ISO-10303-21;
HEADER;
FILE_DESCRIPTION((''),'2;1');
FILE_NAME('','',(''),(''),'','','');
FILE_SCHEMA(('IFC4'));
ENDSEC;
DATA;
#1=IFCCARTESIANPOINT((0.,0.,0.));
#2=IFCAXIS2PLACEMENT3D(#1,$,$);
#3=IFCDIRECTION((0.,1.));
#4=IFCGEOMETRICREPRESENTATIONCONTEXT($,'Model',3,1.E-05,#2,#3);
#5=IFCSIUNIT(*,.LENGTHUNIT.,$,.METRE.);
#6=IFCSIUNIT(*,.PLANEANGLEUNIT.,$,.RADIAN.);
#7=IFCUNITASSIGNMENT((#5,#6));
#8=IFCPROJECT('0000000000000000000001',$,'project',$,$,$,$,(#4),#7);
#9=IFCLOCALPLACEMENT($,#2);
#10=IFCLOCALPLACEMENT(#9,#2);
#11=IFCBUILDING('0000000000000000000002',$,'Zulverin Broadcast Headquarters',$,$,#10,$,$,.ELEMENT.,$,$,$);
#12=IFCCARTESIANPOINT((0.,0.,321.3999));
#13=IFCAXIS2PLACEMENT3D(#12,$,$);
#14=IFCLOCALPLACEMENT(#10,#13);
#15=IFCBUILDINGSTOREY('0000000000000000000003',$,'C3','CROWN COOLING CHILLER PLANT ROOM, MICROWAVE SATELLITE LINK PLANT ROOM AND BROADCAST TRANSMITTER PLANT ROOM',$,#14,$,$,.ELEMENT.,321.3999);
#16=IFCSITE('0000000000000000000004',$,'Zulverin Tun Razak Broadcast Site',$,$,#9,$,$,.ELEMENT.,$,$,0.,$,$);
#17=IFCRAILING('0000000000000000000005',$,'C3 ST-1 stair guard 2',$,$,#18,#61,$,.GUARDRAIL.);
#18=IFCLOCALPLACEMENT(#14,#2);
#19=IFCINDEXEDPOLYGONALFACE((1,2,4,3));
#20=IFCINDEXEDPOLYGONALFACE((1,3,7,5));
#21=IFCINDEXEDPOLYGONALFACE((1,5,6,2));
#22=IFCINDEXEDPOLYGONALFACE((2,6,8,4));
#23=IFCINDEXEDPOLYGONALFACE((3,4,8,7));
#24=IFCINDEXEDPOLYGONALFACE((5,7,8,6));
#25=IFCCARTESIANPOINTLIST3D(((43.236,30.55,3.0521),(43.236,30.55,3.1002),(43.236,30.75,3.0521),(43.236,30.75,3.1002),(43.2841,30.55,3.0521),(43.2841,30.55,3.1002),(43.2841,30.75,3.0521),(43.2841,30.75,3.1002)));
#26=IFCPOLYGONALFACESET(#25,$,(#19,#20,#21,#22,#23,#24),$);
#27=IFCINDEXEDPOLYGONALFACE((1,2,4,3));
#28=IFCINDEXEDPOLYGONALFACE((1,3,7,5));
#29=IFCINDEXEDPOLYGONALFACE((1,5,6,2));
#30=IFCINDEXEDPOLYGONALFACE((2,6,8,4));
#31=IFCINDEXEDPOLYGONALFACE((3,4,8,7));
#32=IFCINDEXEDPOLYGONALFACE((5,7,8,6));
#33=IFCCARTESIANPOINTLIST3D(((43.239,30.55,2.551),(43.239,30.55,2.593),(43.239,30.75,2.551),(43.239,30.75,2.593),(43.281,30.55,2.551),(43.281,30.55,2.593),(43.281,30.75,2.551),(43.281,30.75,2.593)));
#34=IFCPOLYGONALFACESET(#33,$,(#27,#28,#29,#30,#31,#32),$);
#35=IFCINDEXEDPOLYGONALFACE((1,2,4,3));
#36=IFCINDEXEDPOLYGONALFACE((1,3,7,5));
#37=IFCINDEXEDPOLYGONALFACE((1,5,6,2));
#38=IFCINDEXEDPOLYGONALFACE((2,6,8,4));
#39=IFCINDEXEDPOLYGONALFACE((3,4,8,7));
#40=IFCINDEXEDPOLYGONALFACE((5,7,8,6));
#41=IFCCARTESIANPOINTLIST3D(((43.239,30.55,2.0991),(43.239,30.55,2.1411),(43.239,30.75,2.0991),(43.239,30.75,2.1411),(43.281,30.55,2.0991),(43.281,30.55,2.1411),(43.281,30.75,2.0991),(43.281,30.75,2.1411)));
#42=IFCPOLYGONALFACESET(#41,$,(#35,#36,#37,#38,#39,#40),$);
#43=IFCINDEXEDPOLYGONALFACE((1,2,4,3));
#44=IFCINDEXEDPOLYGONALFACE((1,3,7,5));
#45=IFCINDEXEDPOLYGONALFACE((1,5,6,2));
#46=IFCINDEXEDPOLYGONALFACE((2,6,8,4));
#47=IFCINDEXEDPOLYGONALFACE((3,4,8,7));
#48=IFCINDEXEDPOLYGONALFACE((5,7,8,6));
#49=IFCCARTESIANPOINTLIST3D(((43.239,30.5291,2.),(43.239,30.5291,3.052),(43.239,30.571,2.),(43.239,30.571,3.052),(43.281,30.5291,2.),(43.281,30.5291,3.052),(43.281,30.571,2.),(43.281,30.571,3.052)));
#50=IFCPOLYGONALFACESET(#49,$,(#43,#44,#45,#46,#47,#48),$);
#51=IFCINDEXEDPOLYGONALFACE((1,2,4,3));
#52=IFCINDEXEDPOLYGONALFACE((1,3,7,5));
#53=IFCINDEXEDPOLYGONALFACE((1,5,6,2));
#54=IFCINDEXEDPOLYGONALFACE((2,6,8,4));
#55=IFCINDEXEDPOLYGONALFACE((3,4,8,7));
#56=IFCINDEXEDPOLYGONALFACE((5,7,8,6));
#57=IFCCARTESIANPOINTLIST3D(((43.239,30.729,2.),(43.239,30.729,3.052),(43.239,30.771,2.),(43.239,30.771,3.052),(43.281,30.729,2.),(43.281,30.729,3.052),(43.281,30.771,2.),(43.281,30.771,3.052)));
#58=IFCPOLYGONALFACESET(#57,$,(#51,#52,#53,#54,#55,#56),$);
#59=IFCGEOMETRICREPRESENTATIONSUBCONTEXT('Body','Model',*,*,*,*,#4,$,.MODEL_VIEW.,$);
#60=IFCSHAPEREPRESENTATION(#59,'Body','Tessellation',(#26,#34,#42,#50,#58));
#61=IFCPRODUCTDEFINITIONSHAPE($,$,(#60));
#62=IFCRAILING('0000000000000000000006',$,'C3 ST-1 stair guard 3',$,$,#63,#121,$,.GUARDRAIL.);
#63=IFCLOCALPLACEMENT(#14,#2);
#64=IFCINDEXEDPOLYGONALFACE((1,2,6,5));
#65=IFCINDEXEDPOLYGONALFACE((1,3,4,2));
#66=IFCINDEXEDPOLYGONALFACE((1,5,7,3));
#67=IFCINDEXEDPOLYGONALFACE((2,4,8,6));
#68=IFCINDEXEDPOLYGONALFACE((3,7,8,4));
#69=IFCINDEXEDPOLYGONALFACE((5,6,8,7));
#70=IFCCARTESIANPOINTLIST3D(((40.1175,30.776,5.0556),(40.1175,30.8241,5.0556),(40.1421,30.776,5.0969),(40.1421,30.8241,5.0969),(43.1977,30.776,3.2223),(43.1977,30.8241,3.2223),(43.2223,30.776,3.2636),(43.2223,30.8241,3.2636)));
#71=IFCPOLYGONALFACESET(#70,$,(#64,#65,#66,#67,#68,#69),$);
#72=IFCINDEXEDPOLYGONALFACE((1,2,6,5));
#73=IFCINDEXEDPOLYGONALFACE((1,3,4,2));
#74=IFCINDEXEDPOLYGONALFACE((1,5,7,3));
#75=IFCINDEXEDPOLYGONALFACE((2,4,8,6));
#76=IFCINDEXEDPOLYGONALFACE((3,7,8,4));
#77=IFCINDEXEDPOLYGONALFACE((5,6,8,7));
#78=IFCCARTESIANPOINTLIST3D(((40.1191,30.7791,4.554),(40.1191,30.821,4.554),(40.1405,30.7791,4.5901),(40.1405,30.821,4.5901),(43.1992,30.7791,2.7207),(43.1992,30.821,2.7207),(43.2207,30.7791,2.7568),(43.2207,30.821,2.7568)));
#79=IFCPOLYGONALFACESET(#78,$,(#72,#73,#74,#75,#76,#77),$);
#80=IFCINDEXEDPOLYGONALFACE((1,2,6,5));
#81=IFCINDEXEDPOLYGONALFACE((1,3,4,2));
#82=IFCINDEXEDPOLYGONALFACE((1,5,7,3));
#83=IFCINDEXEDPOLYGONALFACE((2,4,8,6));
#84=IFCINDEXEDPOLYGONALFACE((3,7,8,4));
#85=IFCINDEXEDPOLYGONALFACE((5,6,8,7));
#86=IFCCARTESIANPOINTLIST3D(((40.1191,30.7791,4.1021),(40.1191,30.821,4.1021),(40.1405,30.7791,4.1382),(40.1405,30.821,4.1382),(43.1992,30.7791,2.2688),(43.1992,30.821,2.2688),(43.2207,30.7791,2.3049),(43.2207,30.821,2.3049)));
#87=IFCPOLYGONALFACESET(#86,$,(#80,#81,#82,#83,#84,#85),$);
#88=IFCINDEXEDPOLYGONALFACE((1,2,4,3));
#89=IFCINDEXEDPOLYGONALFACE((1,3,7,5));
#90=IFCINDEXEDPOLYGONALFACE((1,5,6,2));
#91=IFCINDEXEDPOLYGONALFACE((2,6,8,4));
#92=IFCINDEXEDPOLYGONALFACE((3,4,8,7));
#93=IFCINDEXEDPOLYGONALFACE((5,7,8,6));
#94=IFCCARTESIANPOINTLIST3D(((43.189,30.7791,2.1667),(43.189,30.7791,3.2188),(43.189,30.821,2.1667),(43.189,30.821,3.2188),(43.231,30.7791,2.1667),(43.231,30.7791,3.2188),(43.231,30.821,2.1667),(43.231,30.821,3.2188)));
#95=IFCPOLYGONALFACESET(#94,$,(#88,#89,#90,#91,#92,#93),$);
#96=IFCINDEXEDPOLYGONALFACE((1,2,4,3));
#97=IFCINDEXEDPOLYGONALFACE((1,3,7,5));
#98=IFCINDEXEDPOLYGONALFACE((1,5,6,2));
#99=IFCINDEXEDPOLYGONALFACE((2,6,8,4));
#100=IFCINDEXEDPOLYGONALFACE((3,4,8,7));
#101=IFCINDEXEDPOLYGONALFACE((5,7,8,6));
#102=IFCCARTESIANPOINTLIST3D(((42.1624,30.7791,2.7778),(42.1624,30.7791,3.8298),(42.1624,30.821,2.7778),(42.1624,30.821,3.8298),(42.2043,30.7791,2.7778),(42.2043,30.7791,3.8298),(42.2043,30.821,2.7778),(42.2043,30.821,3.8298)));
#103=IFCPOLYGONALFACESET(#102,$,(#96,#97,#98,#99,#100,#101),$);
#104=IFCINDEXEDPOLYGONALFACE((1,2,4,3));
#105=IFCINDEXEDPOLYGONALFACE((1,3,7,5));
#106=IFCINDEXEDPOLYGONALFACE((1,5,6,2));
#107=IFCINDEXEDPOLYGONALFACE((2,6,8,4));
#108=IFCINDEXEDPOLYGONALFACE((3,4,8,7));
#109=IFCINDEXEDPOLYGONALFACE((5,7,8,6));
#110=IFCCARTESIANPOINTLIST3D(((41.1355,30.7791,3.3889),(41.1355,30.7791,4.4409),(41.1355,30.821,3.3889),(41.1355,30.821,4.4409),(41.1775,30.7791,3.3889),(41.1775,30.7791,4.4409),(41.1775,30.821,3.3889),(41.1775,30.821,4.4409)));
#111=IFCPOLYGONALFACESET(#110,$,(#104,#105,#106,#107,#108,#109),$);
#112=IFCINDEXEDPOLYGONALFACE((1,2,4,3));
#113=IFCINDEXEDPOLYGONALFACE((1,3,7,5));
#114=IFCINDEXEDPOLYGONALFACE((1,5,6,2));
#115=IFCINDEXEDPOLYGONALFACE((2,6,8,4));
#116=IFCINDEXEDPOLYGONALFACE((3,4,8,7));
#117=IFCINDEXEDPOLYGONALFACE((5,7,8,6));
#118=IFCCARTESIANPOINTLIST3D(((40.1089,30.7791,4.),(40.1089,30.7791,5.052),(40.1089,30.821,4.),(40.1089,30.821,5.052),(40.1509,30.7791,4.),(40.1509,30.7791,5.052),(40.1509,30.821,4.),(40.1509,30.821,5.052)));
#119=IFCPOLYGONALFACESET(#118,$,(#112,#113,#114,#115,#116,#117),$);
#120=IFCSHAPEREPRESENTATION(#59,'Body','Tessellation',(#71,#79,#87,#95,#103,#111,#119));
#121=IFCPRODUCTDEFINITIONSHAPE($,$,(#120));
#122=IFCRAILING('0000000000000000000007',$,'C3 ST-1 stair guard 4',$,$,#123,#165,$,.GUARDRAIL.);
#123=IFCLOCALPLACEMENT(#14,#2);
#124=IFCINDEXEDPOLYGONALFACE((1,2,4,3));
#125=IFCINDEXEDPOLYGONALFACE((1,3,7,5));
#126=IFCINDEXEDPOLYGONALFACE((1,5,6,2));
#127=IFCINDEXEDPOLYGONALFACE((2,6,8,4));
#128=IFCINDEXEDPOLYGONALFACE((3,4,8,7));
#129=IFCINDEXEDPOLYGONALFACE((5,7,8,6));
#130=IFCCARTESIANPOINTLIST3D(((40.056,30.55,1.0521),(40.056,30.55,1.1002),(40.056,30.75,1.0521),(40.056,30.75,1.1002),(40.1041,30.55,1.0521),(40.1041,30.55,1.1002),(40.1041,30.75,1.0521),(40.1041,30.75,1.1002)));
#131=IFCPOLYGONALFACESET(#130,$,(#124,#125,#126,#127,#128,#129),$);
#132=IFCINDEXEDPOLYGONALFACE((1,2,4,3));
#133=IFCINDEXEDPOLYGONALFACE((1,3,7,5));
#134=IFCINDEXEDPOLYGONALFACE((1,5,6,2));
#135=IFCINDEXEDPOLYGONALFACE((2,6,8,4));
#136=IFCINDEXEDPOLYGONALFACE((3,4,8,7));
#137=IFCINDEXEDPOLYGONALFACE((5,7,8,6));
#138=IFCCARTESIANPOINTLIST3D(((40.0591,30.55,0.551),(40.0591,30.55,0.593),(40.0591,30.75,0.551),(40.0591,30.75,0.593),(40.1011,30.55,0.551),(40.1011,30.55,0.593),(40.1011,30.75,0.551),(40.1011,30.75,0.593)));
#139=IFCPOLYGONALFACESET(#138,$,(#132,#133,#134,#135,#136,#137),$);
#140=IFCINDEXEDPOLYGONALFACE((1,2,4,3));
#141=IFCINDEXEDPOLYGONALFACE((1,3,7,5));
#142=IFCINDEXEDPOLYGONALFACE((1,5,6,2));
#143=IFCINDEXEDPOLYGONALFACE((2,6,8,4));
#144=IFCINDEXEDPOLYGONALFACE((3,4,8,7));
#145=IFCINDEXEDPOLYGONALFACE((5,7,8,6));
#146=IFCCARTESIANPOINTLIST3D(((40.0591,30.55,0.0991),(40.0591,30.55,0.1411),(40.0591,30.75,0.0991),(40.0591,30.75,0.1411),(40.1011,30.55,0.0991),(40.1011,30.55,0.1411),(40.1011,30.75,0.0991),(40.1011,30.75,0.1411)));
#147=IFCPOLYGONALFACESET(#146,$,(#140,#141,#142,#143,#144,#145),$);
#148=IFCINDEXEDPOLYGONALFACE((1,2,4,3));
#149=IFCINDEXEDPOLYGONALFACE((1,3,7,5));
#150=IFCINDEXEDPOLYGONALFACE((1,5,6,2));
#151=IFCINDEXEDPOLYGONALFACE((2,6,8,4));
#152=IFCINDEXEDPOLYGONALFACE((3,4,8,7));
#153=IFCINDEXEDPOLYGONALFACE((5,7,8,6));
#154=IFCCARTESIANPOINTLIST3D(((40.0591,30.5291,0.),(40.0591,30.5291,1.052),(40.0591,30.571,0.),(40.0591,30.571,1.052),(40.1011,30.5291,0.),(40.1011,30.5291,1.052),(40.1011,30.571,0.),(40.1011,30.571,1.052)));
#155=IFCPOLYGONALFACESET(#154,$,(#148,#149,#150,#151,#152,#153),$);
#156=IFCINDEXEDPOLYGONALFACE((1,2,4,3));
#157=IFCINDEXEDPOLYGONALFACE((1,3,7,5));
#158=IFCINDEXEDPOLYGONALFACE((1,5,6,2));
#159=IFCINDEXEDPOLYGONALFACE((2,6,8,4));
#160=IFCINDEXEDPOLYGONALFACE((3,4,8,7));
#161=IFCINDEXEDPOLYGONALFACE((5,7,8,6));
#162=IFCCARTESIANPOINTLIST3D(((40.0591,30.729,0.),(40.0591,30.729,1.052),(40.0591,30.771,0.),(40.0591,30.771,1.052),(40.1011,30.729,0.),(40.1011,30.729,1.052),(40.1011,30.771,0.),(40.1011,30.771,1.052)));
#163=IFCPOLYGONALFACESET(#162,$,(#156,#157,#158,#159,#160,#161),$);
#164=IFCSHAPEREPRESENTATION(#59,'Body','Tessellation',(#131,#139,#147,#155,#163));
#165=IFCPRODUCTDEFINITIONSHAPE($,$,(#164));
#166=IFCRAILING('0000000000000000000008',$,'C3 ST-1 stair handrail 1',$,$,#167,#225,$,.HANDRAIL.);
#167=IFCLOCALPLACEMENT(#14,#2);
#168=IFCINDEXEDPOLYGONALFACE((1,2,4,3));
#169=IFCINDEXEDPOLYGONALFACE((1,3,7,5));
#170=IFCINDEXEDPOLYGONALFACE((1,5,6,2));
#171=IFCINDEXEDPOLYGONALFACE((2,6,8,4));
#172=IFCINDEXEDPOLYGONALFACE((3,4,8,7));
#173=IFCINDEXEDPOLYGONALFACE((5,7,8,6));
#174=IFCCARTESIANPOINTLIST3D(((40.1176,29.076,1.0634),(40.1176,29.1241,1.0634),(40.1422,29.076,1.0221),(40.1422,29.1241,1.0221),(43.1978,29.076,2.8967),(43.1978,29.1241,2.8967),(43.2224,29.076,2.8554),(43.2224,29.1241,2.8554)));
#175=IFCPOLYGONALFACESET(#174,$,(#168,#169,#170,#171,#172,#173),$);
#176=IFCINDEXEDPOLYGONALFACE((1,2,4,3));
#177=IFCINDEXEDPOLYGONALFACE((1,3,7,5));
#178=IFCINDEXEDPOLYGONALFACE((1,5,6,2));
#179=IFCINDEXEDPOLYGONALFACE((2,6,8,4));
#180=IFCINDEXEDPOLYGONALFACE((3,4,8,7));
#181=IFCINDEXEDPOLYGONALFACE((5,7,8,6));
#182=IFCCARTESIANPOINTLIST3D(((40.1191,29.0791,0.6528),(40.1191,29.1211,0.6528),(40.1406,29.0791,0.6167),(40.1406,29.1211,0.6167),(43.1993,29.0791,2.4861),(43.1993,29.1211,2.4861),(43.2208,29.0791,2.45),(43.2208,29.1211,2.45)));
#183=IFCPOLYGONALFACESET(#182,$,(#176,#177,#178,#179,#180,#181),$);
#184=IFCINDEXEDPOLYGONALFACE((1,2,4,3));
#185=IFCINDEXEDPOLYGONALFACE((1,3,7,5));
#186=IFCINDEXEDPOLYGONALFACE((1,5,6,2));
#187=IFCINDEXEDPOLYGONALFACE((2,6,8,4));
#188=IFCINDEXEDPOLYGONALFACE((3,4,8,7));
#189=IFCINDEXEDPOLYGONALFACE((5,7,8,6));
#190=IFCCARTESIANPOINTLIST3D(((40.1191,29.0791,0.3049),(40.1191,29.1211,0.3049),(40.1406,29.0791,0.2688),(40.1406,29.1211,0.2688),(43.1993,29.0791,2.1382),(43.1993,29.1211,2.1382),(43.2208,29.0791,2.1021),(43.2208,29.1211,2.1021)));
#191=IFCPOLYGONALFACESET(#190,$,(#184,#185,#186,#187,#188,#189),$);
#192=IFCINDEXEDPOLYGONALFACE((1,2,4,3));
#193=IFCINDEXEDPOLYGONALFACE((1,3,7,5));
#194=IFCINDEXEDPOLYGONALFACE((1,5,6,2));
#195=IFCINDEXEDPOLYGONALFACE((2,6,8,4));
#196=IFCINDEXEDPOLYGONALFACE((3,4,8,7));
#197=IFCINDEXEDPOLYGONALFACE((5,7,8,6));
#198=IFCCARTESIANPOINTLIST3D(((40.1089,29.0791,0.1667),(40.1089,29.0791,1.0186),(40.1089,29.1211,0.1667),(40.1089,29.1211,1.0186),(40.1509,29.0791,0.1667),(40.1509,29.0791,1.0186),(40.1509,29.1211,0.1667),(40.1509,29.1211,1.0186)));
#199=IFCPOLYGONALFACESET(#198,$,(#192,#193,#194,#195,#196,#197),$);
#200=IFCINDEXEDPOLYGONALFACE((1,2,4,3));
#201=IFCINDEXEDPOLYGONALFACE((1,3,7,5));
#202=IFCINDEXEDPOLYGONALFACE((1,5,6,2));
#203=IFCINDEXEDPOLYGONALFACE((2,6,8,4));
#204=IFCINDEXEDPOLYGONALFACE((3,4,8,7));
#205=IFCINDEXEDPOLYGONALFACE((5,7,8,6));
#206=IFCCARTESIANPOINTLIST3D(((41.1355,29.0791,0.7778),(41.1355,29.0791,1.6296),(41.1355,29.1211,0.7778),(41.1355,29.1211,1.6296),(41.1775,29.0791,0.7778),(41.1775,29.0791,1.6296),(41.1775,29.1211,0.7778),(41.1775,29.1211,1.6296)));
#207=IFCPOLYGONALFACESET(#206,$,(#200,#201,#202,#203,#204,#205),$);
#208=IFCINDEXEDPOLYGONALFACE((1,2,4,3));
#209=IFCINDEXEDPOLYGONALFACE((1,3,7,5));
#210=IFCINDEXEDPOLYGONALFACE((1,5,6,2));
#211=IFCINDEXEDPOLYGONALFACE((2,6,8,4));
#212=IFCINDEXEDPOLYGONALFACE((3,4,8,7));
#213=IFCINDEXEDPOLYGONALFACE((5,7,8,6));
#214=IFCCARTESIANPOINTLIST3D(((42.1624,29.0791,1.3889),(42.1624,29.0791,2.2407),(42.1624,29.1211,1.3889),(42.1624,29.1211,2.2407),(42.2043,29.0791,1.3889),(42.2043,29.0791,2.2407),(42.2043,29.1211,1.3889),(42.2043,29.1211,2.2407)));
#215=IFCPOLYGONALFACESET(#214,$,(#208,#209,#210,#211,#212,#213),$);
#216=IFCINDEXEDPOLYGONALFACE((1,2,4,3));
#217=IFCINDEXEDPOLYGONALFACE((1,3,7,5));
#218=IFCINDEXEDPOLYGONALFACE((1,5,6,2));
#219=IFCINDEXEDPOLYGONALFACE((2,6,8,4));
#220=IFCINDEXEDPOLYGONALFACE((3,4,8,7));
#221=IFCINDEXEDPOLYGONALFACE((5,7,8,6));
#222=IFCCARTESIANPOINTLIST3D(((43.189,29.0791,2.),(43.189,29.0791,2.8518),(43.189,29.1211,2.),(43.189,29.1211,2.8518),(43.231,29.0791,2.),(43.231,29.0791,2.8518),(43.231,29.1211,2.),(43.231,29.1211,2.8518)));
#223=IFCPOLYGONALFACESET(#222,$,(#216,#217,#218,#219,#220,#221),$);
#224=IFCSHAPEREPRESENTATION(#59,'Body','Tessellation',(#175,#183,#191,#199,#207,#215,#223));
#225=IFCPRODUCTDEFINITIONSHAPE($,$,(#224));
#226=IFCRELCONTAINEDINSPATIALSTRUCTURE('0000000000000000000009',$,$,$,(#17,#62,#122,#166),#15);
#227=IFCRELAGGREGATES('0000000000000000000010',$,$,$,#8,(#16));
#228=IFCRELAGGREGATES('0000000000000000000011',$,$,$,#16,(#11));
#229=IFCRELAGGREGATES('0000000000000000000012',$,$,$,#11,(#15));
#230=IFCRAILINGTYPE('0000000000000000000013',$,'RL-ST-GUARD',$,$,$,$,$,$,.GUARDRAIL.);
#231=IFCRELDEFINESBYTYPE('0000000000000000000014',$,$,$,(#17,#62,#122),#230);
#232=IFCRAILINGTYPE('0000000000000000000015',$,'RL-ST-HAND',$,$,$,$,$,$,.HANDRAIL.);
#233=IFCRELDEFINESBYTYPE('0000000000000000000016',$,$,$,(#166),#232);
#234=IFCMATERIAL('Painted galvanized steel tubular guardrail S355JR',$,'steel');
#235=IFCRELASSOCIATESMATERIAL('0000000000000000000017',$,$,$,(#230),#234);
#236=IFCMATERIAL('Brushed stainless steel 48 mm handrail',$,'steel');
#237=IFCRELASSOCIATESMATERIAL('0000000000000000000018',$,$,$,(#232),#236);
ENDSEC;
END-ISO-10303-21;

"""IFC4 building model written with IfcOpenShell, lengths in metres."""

from ifc_helpers import new_model, si_unit, direction, frame, origin, origin_2d, place, context, subcontext, project, spatial, rectangle, extrude, material, type_object, element, save


model = new_model("IFC4")

# Units and contexts
model_context = context("Model", 3, precision=1e-05, world=origin(), true_north=direction((0.0, 1.0)))
body_context = subcontext(model_context, "Body", "Model", "MODEL_VIEW")
ifc_project = project(units=[si_unit("LENGTHUNIT", "METRE"), si_unit("PLANEANGLEUNIT", "RADIAN")], contexts=[model_context])

# Site, building, storey
site_placement = place(None, origin())
site = spatial("IfcSite", under=ifc_project, at=site_placement, Name="Zulverin Tun Razak Broadcast Site", CompositionType="ELEMENT", RefElevation=0.0)
building_placement = place(site_placement, origin())
building = spatial("IfcBuilding", under=site, at=building_placement, Name="Zulverin Broadcast Headquarters", CompositionType="ELEMENT")
storey_placement = place(building_placement, frame((0.0, 0.0, 321.3999)))
storey = spatial("IfcBuildingStorey", under=building, at=storey_placement, Name="C3", Description="CROWN COOLING CHILLER PLANT ROOM, MICROWAVE SATELLITE LINK PLANT ROOM AND BROADCAST TRANSMITTER PLANT ROOM", CompositionType="ELEMENT", Elevation=321.3999)

# Railings
ifc_material_1 = material(Name="Painted galvanized steel tubular guardrail S355JR", Category="steel")
railing_type_1 = type_object("IfcRailingType", Name="RL-ST-GUARD", PredefinedType="GUARDRAIL", material=ifc_material_1)
railing_1_placement = place(storey_placement, frame((43.26, 30.55, 2.0)))
element("IfcRailing", 1, at=railing_1_placement, inside=storey, type_object=railing_type_1, Name="C3 ST-1 stair guard 2", PredefinedType="GUARDRAIL", context=body_context, shape_type="SweptSolid", body=[
    extrude(rectangle(XDim=0.0481, YDim=0.0481, at=origin_2d()), frame((0.0, 0.0, 1.0762), z_axis=(0.0, 1.0, 0.0), x_axis=(-1.0, 0.0, 0.0)), (0.0, 0.0, 1.0), 0.2),
    extrude(rectangle(XDim=0.042, YDim=0.042, at=origin_2d()), frame((0.0, 0.0, 0.572), z_axis=(0.0, 1.0, 0.0), x_axis=(-1.0, 0.0, 0.0)), (0.0, 0.0, 1.0), 0.2),
    extrude(rectangle(XDim=0.042, YDim=0.042, at=origin_2d()), frame((0.0, 0.0, 0.1201), z_axis=(0.0, 1.0, 0.0), x_axis=(-1.0, 0.0, 0.0)), (0.0, 0.0, 1.0), 0.2),
    extrude(rectangle(XDim=0.042, YDim=0.042, at=origin_2d()), origin(), (0.0, 0.0, 1.0), 1.052),
    extrude(rectangle(XDim=0.042, YDim=0.042, at=origin_2d()), frame((0.0, 0.2, 0.0)), (0.0, 0.0, 1.0), 1.052),
])
railing_2_placement = place(storey_placement, frame((43.21, 30.8, 2.1667)))
element("IfcRailing", 2, at=railing_2_placement, inside=storey, type_object=railing_type_1, Name="C3 ST-1 stair guard 3", PredefinedType="GUARDRAIL", context=body_context, shape_type="SweptSolid", body=[
    extrude(rectangle(XDim=0.0481, YDim=0.0481, at=origin_2d()), frame((0.0, 0.0, 1.0762), z_axis=(-0.859309, 0.0, 0.511458), x_axis=(0.0, -1.0, 0.0)), (0.0, 0.0, 1.0), 3.5845),
    extrude(rectangle(XDim=0.042, YDim=0.042, at=origin_2d()), frame((0.0, 0.0, 0.572), z_axis=(-0.859309, 0.0, 0.511458), x_axis=(0.0, -1.0, 0.0)), (0.0, 0.0, 1.0), 3.5845),
    extrude(rectangle(XDim=0.042, YDim=0.042, at=origin_2d()), frame((0.0, 0.0, 0.1201), z_axis=(-0.859309, 0.0, 0.511458), x_axis=(0.0, -1.0, 0.0)), (0.0, 0.0, 1.0), 3.5845),
    extrude(rectangle(XDim=0.042, YDim=0.042, at=origin_2d()), origin(), (0.0, 0.0, 1.0), 1.052),
    extrude(rectangle(XDim=0.042, YDim=0.042, at=origin_2d()), frame((-1.0266, 0.0, 0.6111)), (0.0, 0.0, 1.0), 1.052),
    extrude(rectangle(XDim=0.042, YDim=0.042, at=origin_2d()), frame((-2.0535, 0.0, 1.2222)), (0.0, 0.0, 1.0), 1.052),
    extrude(rectangle(XDim=0.042, YDim=0.042, at=origin_2d()), frame((-3.0801, 0.0, 1.8333)), (0.0, 0.0, 1.0), 1.052),
])
railing_3_placement = place(storey_placement, frame((40.0801, 30.55, 0.0)))
element("IfcRailing", 3, at=railing_3_placement, inside=storey, type_object=railing_type_1, Name="C3 ST-1 stair guard 4", PredefinedType="GUARDRAIL", context=body_context, shape_type="SweptSolid", body=[
    extrude(rectangle(XDim=0.0481, YDim=0.0481, at=origin_2d()), frame((0.0, 0.0, 1.0762), z_axis=(0.0, 1.0, 0.0), x_axis=(-1.0, 0.0, 0.0)), (0.0, 0.0, 1.0), 0.2),
    extrude(rectangle(XDim=0.042, YDim=0.042, at=origin_2d()), frame((0.0, 0.0, 0.572), z_axis=(0.0, 1.0, 0.0), x_axis=(-1.0, 0.0, 0.0)), (0.0, 0.0, 1.0), 0.2),
    extrude(rectangle(XDim=0.042, YDim=0.042, at=origin_2d()), frame((0.0, 0.0, 0.1201), z_axis=(0.0, 1.0, 0.0), x_axis=(-1.0, 0.0, 0.0)), (0.0, 0.0, 1.0), 0.2),
    extrude(rectangle(XDim=0.042, YDim=0.042, at=origin_2d()), origin(), (0.0, 0.0, 1.0), 1.052),
    extrude(rectangle(XDim=0.042, YDim=0.042, at=origin_2d()), frame((0.0, 0.2, 0.0)), (0.0, 0.0, 1.0), 1.052),
])
ifc_material_2 = material(Name="Brushed stainless steel 48 mm handrail", Category="steel")
railing_type_2 = type_object("IfcRailingType", Name="RL-ST-HAND", PredefinedType="HANDRAIL", material=ifc_material_2)
railing_4_placement = place(storey_placement, frame((40.1299, 29.1001, 0.1667)))
element("IfcRailing", 4, at=railing_4_placement, inside=storey, type_object=railing_type_2, Name="C3 ST-1 stair handrail 1", PredefinedType="HANDRAIL", context=body_context, shape_type="SweptSolid", body=[
    extrude(rectangle(XDim=0.0481, YDim=0.0481, at=origin_2d()), frame((0.0, 0.0, 0.876), z_axis=(0.859309, 0.0, 0.511458), x_axis=(0.0, 1.0, 0.0)), (0.0, 0.0, 1.0), 3.5845),
    extrude(rectangle(XDim=0.042, YDim=0.042, at=origin_2d()), frame((0.0, 0.0, 0.468), z_axis=(0.859309, 0.0, 0.511458), x_axis=(0.0, 1.0, 0.0)), (0.0, 0.0, 1.0), 3.5845),
    extrude(rectangle(XDim=0.042, YDim=0.042, at=origin_2d()), frame((0.0, 0.0, 0.1201), z_axis=(0.859309, 0.0, 0.511458), x_axis=(0.0, 1.0, 0.0)), (0.0, 0.0, 1.0), 3.5845),
    extrude(rectangle(XDim=0.042, YDim=0.042, at=origin_2d()), origin(), (0.0, 0.0, 1.0), 0.8518),
    extrude(rectangle(XDim=0.042, YDim=0.042, at=origin_2d()), frame((1.0266, 0.0, 0.6111)), (0.0, 0.0, 1.0), 0.8518),
    extrude(rectangle(XDim=0.042, YDim=0.042, at=origin_2d()), frame((2.0535, 0.0, 1.2222)), (0.0, 0.0, 1.0), 0.8518),
    extrude(rectangle(XDim=0.042, YDim=0.042, at=origin_2d()), frame((3.0801, 0.0, 1.8333)), (0.0, 0.0, 1.0), 0.8518),
])

save(model, "model.ifc")
